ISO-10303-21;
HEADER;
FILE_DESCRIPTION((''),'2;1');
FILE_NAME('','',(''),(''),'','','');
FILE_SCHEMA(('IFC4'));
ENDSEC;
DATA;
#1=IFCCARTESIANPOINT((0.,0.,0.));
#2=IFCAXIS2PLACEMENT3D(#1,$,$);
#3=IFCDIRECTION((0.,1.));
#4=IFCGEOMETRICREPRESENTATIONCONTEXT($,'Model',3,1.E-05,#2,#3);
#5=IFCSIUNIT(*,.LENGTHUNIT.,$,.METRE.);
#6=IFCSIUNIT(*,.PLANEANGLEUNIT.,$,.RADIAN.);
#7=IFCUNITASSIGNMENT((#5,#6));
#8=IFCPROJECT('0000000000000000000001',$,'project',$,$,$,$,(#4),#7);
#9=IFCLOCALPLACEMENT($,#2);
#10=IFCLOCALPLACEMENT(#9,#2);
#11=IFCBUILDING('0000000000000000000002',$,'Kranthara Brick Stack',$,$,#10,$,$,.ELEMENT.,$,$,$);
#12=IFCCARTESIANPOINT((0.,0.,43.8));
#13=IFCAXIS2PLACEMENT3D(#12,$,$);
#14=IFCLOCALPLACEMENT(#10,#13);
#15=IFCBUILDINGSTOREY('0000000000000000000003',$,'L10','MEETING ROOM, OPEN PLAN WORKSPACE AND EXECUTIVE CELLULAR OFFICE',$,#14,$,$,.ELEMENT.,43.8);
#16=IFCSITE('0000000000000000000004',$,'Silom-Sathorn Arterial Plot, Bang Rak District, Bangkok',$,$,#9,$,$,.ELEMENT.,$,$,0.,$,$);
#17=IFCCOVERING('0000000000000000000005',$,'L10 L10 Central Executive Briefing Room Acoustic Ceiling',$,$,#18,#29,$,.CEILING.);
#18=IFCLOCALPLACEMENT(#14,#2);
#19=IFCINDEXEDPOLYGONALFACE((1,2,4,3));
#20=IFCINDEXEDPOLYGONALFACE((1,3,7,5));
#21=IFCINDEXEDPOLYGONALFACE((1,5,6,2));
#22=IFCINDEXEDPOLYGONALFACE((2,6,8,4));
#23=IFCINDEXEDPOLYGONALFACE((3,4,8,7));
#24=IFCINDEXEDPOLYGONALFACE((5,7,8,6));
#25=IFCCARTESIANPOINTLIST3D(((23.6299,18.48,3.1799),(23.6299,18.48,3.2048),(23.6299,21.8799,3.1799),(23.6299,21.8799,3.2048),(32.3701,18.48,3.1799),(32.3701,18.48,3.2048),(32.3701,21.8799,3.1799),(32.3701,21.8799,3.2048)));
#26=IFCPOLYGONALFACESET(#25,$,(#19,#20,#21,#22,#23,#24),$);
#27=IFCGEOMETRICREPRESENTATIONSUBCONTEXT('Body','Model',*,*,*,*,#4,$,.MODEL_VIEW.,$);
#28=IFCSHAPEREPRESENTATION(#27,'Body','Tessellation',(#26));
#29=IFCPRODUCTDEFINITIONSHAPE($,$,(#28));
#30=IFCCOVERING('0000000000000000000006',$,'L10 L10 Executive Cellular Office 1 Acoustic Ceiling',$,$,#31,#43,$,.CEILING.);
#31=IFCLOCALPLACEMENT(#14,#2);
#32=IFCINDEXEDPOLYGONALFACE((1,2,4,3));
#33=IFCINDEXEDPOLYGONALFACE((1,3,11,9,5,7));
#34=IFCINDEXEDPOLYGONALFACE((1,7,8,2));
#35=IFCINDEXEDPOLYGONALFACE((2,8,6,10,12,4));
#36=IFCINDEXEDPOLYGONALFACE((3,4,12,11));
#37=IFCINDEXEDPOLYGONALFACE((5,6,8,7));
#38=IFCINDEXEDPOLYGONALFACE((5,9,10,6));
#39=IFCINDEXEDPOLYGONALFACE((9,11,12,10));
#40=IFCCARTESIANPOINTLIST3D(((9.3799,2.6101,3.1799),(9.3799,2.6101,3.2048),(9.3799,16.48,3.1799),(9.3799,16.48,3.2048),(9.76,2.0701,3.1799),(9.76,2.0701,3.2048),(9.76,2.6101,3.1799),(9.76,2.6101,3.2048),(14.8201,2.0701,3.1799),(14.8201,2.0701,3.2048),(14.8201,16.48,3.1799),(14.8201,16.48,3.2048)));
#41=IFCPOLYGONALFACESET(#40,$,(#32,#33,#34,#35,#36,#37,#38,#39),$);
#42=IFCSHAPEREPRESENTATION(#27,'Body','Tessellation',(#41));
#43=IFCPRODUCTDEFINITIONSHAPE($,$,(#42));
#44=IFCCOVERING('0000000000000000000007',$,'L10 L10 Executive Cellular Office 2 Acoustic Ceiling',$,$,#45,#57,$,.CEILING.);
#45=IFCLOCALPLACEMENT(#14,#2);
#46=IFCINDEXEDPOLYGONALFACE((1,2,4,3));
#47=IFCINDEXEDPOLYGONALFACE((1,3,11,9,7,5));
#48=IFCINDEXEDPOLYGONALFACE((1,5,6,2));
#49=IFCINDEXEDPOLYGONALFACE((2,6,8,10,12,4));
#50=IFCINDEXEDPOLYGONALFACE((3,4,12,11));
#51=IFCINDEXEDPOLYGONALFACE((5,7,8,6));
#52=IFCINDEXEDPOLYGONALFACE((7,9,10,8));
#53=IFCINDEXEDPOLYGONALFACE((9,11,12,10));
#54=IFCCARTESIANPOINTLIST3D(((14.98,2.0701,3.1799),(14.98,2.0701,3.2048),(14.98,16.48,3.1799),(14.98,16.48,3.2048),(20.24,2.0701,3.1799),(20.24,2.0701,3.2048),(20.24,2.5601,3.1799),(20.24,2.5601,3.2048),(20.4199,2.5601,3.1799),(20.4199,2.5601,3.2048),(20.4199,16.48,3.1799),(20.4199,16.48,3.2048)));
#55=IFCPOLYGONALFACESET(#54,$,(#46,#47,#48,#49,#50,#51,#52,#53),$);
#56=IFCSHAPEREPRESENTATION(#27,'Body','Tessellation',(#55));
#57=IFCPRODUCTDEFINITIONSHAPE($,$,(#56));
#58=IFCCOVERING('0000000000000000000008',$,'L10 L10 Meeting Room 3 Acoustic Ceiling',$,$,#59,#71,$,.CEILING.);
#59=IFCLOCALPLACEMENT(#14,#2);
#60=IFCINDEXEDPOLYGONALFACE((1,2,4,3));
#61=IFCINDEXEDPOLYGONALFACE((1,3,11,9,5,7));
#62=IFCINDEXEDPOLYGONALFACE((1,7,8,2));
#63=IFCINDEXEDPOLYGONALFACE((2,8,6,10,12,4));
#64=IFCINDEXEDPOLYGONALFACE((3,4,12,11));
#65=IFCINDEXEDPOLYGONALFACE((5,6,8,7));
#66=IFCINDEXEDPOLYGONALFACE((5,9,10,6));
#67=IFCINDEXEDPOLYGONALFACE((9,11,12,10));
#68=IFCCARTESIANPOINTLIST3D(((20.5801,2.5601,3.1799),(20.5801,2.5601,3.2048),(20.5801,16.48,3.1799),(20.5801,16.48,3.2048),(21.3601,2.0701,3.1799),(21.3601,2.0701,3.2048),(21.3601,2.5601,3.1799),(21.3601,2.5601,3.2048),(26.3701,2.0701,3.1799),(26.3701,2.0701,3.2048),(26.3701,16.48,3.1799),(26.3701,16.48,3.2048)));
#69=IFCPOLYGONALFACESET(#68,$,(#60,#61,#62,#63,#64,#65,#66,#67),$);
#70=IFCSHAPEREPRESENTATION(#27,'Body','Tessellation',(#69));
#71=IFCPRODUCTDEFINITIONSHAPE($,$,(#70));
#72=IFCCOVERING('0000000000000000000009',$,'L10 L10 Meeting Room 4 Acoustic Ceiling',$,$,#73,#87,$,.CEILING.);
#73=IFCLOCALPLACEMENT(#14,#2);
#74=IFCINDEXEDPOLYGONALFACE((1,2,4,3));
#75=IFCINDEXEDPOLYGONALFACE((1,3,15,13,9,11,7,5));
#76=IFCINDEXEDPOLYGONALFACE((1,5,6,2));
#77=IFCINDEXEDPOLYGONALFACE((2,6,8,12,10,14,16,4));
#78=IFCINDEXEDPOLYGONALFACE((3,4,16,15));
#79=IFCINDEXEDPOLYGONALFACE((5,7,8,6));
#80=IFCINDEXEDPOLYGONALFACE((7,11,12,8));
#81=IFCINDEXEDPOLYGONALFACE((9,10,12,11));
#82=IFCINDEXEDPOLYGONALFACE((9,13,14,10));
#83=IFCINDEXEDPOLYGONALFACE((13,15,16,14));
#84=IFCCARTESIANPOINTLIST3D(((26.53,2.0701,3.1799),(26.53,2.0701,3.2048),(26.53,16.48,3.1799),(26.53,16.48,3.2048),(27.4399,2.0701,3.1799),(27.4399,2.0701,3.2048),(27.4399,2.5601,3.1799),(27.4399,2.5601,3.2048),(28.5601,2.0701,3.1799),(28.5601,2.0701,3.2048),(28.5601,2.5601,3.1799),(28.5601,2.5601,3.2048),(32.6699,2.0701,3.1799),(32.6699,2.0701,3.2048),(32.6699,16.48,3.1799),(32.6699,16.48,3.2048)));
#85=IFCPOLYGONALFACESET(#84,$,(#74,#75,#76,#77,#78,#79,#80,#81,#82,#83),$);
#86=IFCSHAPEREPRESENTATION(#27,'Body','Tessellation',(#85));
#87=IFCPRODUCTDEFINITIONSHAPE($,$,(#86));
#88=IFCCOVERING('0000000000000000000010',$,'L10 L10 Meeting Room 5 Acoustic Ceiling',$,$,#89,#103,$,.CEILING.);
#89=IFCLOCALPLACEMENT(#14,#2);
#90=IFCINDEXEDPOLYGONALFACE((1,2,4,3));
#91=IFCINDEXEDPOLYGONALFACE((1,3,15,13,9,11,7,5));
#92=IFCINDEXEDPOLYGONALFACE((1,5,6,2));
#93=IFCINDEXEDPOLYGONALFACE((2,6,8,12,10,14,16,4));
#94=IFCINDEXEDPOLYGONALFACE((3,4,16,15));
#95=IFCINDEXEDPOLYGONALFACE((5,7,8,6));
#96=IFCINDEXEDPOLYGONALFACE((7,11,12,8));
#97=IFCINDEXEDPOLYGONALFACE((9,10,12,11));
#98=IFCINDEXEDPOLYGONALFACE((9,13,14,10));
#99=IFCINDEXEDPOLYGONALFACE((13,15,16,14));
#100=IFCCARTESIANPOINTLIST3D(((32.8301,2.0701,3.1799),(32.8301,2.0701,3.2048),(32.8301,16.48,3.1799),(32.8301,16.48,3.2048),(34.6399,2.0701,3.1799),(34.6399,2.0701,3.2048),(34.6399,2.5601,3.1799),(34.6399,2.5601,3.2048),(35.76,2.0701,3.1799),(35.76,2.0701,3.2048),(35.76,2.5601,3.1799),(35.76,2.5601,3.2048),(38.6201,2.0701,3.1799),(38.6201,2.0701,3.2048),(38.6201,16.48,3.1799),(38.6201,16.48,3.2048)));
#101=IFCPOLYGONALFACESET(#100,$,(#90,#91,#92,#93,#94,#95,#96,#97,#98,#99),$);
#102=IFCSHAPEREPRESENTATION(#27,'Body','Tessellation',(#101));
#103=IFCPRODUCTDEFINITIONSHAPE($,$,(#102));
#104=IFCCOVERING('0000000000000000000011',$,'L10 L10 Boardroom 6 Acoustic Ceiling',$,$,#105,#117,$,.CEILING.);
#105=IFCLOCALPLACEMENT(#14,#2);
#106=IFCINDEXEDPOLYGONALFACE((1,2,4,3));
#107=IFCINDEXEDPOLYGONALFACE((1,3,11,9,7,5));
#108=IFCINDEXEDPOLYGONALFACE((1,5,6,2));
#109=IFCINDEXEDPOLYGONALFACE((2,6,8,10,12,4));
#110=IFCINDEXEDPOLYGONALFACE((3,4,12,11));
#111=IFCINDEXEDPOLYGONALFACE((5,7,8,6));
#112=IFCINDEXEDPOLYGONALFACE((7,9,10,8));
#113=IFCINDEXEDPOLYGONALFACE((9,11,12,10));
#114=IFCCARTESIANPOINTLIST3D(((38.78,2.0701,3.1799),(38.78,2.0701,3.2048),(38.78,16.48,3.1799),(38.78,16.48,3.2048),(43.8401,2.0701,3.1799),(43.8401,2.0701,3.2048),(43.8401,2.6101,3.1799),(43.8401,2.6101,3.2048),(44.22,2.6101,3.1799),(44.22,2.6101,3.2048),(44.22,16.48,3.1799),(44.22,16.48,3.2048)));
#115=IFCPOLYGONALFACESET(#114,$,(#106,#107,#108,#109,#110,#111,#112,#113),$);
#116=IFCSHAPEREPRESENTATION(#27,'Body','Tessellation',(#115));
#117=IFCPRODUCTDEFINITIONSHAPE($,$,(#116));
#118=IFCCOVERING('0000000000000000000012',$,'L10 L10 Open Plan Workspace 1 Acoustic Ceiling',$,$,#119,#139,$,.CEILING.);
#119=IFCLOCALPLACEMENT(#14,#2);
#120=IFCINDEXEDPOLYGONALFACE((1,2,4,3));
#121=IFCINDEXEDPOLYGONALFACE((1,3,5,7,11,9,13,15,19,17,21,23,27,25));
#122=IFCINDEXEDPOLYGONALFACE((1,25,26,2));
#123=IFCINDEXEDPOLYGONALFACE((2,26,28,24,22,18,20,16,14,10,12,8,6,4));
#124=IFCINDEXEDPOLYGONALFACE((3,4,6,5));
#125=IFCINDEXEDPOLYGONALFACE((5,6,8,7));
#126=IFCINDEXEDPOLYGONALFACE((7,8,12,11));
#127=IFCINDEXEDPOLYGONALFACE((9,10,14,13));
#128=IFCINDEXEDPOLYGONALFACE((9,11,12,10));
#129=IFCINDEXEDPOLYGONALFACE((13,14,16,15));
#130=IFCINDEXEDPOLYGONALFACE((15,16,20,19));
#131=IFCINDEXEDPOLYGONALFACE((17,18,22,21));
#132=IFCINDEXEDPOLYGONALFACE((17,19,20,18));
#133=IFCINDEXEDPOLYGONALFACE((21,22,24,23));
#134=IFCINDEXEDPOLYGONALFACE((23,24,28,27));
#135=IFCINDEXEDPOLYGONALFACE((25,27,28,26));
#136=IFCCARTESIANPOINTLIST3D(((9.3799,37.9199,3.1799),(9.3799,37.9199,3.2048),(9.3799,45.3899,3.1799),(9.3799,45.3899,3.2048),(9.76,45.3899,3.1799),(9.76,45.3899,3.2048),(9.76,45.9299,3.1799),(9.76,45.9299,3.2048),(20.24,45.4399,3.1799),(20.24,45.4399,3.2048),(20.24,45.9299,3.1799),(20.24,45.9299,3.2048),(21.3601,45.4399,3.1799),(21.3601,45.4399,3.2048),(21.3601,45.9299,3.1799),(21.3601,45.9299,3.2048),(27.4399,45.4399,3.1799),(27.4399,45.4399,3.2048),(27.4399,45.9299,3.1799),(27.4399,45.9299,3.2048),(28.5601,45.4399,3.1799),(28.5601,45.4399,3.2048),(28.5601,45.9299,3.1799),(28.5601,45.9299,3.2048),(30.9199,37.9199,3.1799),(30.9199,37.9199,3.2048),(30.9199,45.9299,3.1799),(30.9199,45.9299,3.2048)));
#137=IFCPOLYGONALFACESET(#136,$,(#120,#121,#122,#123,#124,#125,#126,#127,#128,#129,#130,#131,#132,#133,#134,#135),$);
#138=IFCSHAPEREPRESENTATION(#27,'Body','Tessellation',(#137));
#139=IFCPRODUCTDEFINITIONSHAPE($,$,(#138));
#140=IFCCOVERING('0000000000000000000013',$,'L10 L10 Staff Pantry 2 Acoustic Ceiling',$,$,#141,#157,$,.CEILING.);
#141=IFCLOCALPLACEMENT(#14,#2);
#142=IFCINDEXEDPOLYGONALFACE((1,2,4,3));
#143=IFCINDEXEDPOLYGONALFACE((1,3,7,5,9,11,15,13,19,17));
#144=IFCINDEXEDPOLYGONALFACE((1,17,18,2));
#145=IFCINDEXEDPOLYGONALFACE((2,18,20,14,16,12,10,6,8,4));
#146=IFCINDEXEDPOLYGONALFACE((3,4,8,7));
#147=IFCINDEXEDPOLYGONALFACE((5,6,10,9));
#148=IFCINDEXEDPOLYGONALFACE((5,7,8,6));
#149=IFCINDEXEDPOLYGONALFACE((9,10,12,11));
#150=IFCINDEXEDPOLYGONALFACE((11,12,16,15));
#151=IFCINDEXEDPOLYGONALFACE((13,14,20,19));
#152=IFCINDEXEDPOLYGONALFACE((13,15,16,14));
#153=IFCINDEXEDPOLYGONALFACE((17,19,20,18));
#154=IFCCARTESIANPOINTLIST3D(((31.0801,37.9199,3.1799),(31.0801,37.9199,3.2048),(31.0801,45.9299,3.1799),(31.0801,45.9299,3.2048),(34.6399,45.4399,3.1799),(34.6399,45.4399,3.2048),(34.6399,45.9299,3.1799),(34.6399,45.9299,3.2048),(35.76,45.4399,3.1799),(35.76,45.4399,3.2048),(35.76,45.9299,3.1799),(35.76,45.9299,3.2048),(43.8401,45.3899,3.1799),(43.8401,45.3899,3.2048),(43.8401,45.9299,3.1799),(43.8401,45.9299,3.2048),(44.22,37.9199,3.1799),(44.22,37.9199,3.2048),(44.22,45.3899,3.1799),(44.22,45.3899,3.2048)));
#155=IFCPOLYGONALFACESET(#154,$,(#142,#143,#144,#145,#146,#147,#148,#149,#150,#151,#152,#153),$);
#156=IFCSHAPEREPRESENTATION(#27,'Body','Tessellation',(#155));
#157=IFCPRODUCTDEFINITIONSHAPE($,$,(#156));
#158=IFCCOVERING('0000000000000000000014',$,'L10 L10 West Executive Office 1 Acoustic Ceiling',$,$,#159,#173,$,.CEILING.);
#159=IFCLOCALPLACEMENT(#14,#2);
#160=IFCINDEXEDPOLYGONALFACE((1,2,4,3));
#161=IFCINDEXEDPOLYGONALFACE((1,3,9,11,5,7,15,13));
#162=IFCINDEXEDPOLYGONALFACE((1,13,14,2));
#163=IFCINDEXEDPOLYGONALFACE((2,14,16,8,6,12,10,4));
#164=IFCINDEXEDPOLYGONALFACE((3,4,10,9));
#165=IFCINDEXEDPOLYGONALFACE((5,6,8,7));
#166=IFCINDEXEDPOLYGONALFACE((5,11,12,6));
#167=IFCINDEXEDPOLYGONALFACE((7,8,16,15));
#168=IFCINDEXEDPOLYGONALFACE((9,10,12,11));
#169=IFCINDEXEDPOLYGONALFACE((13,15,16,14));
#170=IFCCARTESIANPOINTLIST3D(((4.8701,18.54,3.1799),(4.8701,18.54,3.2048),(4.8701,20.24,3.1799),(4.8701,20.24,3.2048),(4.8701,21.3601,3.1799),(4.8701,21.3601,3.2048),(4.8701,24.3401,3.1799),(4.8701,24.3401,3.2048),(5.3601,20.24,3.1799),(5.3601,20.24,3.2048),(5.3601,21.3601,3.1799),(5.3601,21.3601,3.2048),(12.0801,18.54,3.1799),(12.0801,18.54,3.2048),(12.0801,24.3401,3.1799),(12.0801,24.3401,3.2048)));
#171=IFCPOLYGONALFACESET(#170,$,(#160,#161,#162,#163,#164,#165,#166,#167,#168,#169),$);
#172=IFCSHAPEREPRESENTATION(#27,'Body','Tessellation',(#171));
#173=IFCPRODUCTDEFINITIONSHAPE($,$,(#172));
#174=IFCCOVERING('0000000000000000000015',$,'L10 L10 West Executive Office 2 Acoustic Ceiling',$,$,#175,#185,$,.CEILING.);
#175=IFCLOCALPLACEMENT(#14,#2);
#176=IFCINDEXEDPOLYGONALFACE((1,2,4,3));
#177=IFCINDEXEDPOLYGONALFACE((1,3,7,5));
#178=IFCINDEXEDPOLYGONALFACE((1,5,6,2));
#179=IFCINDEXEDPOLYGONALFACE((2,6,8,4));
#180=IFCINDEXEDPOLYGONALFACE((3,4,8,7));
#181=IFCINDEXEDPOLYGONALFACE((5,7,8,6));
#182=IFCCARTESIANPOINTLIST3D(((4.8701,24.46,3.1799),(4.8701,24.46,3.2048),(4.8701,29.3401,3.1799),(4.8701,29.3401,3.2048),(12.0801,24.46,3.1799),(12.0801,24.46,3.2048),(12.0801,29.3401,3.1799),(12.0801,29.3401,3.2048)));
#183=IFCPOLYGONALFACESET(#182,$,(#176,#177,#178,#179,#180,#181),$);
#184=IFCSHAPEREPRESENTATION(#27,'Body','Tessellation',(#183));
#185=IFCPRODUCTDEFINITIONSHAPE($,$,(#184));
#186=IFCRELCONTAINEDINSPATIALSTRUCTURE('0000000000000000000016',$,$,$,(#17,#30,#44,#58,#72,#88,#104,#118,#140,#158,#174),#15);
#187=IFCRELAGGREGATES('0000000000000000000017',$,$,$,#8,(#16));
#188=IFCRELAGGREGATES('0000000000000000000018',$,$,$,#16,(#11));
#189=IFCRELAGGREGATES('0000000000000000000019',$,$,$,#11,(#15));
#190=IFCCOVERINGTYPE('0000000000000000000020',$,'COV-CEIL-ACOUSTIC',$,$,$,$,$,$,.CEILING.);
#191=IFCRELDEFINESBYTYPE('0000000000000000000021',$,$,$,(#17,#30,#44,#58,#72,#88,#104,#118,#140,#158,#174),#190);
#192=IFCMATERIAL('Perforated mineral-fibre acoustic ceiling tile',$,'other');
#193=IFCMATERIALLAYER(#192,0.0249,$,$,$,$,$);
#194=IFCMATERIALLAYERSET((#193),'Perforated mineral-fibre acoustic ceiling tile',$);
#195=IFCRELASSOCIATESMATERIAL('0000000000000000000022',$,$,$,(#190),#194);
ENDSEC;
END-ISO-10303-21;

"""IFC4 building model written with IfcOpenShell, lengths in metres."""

from ifc_helpers import new_model, si_unit, direction, frame, origin, place, context, subcontext, project, spatial, polyline, outline, extrude, material, layer, layer_set, type_object, element, save


model = new_model("IFC4")

# Units and contexts
model_context = context("Model", 3, precision=1e-05, world=origin(), true_north=direction((0.0, 1.0)))
body_context = subcontext(model_context, "Body", "Model", "MODEL_VIEW")
ifc_project = project(units=[si_unit("LENGTHUNIT", "METRE"), si_unit("PLANEANGLEUNIT", "RADIAN")], contexts=[model_context])

# Site, building, storey
site_placement = place(None, origin())
site = spatial("IfcSite", under=ifc_project, at=site_placement, Name="Silom-Sathorn Arterial Plot, Bang Rak District, Bangkok", CompositionType="ELEMENT", RefElevation=0.0)
building_placement = place(site_placement, origin())
building = spatial("IfcBuilding", under=site, at=building_placement, Name="Kranthara Brick Stack", CompositionType="ELEMENT")
storey_placement = place(building_placement, frame((0.0, 0.0, 43.8)))
storey = spatial("IfcBuildingStorey", under=building, at=storey_placement, Name="L10", Description="MEETING ROOM, OPEN PLAN WORKSPACE AND EXECUTIVE CELLULAR OFFICE", CompositionType="ELEMENT", Elevation=43.8)

# Coverings
ifc_material_1 = material(Name="Perforated mineral-fibre acoustic ceiling tile", Category="other")
ifc_layer_1 = layer(ifc_material_1, 0.0249)
ifc_layer_set_1 = layer_set([ifc_layer_1], Name="Perforated mineral-fibre acoustic ceiling tile")
covering_type_1 = type_object("IfcCoveringType", Name="COV-CEIL-ACOUSTIC", PredefinedType="CEILING", material=ifc_layer_set_1)
covering_1_placement = place(storey_placement, frame((0.0, 0.0, 3.1799)))
element("IfcCovering", 1, at=covering_1_placement, inside=storey, type_object=covering_type_1, Name="L10 L10 Central Executive Briefing Room Acoustic Ceiling", PredefinedType="CEILING", context=body_context, shape_type="SweptSolid", body=[
    extrude(outline(polyline([(32.3701, 18.48), (32.3701, 21.8799), (23.6299, 21.8799), (23.6299, 18.48), (32.3701, 18.48)])), origin(), (0.0, 0.0, 1.0), 0.0249),
])
covering_2_placement = place(storey_placement, frame((0.0, 0.0, 3.1799)))
element("IfcCovering", 2, at=covering_2_placement, inside=storey, type_object=covering_type_1, Name="L10 L10 Executive Cellular Office 1 Acoustic Ceiling", PredefinedType="CEILING", context=body_context, shape_type="SweptSolid", body=[
    extrude(outline(polyline([(9.3799, 16.48), (14.8201, 16.48), (14.8201, 2.0701), (9.76, 2.0701), (9.76, 2.6101), (9.3799, 2.6101), (9.3799, 16.48)])), origin(), (0.0, 0.0, 1.0), 0.0249),
])
covering_3_placement = place(storey_placement, frame((0.0, 0.0, 3.1799)))
element("IfcCovering", 3, at=covering_3_placement, inside=storey, type_object=covering_type_1, Name="L10 L10 Executive Cellular Office 2 Acoustic Ceiling", PredefinedType="CEILING", context=body_context, shape_type="SweptSolid", body=[
    extrude(outline(polyline([(14.98, 2.0701), (14.98, 16.48), (20.4199, 16.48), (20.4199, 2.5601), (20.24, 2.5601), (20.24, 2.0701), (14.98, 2.0701)])), origin(), (0.0, 0.0, 1.0), 0.0249),
])
covering_4_placement = place(storey_placement, frame((0.0, 0.0, 3.1799)))
element("IfcCovering", 4, at=covering_4_placement, inside=storey, type_object=covering_type_1, Name="L10 L10 Meeting Room 3 Acoustic Ceiling", PredefinedType="CEILING", context=body_context, shape_type="SweptSolid", body=[
    extrude(outline(polyline([(20.5801, 16.48), (26.3701, 16.48), (26.3701, 2.0701), (21.3601, 2.0701), (21.3601, 2.5601), (20.5801, 2.5601), (20.5801, 16.48)])), origin(), (0.0, 0.0, 1.0), 0.0249),
])
covering_5_placement = place(storey_placement, frame((0.0, 0.0, 3.1799)))
element("IfcCovering", 5, at=covering_5_placement, inside=storey, type_object=covering_type_1, Name="L10 L10 Meeting Room 4 Acoustic Ceiling", PredefinedType="CEILING", context=body_context, shape_type="SweptSolid", body=[
    extrude(outline(polyline([(26.53, 2.0701), (26.53, 16.48), (32.6699, 16.48), (32.6699, 2.0701), (28.5601, 2.0701), (28.5601, 2.5601), (27.4399, 2.5601), (27.4399, 2.0701), (26.53, 2.0701)])), origin(), (0.0, 0.0, 1.0), 0.0249),
])
covering_6_placement = place(storey_placement, frame((0.0, 0.0, 3.1799)))
element("IfcCovering", 6, at=covering_6_placement, inside=storey, type_object=covering_type_1, Name="L10 L10 Meeting Room 5 Acoustic Ceiling", PredefinedType="CEILING", context=body_context, shape_type="SweptSolid", body=[
    extrude(outline(polyline([(32.8301, 2.0701), (32.8301, 16.48), (38.6201, 16.48), (38.6201, 2.0701), (35.76, 2.0701), (35.76, 2.5601), (34.6399, 2.5601), (34.6399, 2.0701), (32.8301, 2.0701)])), origin(), (0.0, 0.0, 1.0), 0.0249),
])
covering_7_placement = place(storey_placement, frame((0.0, 0.0, 3.1799)))
element("IfcCovering", 7, at=covering_7_placement, inside=storey, type_object=covering_type_1, Name="L10 L10 Boardroom 6 Acoustic Ceiling", PredefinedType="CEILING", context=body_context, shape_type="SweptSolid", body=[
    extrude(outline(polyline([(38.78, 2.0701), (38.78, 16.48), (44.22, 16.48), (44.22, 2.6101), (43.8401, 2.6101), (43.8401, 2.0701), (38.78, 2.0701)])), origin(), (0.0, 0.0, 1.0), 0.0249),
])
covering_8_placement = place(storey_placement, frame((0.0, 0.0, 3.1799)))
element("IfcCovering", 8, at=covering_8_placement, inside=storey, type_object=covering_type_1, Name="L10 L10 Open Plan Workspace 1 Acoustic Ceiling", PredefinedType="CEILING", context=body_context, shape_type="SweptSolid", body=[
    extrude(outline(polyline([(9.3799, 37.9199), (9.3799, 45.3899), (9.76, 45.3899), (9.76, 45.9299), (20.24, 45.9299), (20.24, 45.4399), (21.3601, 45.4399), (21.3601, 45.9299), (27.4399, 45.9299), (27.4399, 45.4399), (28.5601, 45.4399), (28.5601, 45.9299), (30.9199, 45.9299), (30.9199, 37.9199), (9.3799, 37.9199)])), origin(), (0.0, 0.0, 1.0), 0.0249),
])
covering_9_placement = place(storey_placement, frame((0.0, 0.0, 3.1799)))
element("IfcCovering", 9, at=covering_9_placement, inside=storey, type_object=covering_type_1, Name="L10 L10 Staff Pantry 2 Acoustic Ceiling", PredefinedType="CEILING", context=body_context, shape_type="SweptSolid", body=[
    extrude(outline(polyline([(44.22, 37.9199), (31.0801, 37.9199), (31.0801, 45.9299), (34.6399, 45.9299), (34.6399, 45.4399), (35.76, 45.4399), (35.76, 45.9299), (43.8401, 45.9299), (43.8401, 45.3899), (44.22, 45.3899), (44.22, 37.9199)])), origin(), (0.0, 0.0, 1.0), 0.0249),
])
covering_10_placement = place(storey_placement, frame((0.0, 0.0, 3.1799)))
element("IfcCovering", 10, at=covering_10_placement, inside=storey, type_object=covering_type_1, Name="L10 L10 West Executive Office 1 Acoustic Ceiling", PredefinedType="CEILING", context=body_context, shape_type="SweptSolid", body=[
    extrude(outline(polyline([(4.8701, 24.3401), (12.0801, 24.3401), (12.0801, 18.54), (4.8701, 18.54), (4.8701, 20.24), (5.3601, 20.24), (5.3601, 21.3601), (4.8701, 21.3601), (4.8701, 24.3401)])), origin(), (0.0, 0.0, 1.0), 0.0249),
])
covering_11_placement = place(storey_placement, frame((0.0, 0.0, 3.1799)))
element("IfcCovering", 11, at=covering_11_placement, inside=storey, type_object=covering_type_1, Name="L10 L10 West Executive Office 2 Acoustic Ceiling", PredefinedType="CEILING", context=body_context, shape_type="SweptSolid", body=[
    extrude(outline(polyline([(12.0801, 24.46), (12.0801, 29.3401), (4.8701, 29.3401), (4.8701, 24.46), (12.0801, 24.46)])), origin(), (0.0, 0.0, 1.0), 0.0249),
])

save(model, "model.ifc")
